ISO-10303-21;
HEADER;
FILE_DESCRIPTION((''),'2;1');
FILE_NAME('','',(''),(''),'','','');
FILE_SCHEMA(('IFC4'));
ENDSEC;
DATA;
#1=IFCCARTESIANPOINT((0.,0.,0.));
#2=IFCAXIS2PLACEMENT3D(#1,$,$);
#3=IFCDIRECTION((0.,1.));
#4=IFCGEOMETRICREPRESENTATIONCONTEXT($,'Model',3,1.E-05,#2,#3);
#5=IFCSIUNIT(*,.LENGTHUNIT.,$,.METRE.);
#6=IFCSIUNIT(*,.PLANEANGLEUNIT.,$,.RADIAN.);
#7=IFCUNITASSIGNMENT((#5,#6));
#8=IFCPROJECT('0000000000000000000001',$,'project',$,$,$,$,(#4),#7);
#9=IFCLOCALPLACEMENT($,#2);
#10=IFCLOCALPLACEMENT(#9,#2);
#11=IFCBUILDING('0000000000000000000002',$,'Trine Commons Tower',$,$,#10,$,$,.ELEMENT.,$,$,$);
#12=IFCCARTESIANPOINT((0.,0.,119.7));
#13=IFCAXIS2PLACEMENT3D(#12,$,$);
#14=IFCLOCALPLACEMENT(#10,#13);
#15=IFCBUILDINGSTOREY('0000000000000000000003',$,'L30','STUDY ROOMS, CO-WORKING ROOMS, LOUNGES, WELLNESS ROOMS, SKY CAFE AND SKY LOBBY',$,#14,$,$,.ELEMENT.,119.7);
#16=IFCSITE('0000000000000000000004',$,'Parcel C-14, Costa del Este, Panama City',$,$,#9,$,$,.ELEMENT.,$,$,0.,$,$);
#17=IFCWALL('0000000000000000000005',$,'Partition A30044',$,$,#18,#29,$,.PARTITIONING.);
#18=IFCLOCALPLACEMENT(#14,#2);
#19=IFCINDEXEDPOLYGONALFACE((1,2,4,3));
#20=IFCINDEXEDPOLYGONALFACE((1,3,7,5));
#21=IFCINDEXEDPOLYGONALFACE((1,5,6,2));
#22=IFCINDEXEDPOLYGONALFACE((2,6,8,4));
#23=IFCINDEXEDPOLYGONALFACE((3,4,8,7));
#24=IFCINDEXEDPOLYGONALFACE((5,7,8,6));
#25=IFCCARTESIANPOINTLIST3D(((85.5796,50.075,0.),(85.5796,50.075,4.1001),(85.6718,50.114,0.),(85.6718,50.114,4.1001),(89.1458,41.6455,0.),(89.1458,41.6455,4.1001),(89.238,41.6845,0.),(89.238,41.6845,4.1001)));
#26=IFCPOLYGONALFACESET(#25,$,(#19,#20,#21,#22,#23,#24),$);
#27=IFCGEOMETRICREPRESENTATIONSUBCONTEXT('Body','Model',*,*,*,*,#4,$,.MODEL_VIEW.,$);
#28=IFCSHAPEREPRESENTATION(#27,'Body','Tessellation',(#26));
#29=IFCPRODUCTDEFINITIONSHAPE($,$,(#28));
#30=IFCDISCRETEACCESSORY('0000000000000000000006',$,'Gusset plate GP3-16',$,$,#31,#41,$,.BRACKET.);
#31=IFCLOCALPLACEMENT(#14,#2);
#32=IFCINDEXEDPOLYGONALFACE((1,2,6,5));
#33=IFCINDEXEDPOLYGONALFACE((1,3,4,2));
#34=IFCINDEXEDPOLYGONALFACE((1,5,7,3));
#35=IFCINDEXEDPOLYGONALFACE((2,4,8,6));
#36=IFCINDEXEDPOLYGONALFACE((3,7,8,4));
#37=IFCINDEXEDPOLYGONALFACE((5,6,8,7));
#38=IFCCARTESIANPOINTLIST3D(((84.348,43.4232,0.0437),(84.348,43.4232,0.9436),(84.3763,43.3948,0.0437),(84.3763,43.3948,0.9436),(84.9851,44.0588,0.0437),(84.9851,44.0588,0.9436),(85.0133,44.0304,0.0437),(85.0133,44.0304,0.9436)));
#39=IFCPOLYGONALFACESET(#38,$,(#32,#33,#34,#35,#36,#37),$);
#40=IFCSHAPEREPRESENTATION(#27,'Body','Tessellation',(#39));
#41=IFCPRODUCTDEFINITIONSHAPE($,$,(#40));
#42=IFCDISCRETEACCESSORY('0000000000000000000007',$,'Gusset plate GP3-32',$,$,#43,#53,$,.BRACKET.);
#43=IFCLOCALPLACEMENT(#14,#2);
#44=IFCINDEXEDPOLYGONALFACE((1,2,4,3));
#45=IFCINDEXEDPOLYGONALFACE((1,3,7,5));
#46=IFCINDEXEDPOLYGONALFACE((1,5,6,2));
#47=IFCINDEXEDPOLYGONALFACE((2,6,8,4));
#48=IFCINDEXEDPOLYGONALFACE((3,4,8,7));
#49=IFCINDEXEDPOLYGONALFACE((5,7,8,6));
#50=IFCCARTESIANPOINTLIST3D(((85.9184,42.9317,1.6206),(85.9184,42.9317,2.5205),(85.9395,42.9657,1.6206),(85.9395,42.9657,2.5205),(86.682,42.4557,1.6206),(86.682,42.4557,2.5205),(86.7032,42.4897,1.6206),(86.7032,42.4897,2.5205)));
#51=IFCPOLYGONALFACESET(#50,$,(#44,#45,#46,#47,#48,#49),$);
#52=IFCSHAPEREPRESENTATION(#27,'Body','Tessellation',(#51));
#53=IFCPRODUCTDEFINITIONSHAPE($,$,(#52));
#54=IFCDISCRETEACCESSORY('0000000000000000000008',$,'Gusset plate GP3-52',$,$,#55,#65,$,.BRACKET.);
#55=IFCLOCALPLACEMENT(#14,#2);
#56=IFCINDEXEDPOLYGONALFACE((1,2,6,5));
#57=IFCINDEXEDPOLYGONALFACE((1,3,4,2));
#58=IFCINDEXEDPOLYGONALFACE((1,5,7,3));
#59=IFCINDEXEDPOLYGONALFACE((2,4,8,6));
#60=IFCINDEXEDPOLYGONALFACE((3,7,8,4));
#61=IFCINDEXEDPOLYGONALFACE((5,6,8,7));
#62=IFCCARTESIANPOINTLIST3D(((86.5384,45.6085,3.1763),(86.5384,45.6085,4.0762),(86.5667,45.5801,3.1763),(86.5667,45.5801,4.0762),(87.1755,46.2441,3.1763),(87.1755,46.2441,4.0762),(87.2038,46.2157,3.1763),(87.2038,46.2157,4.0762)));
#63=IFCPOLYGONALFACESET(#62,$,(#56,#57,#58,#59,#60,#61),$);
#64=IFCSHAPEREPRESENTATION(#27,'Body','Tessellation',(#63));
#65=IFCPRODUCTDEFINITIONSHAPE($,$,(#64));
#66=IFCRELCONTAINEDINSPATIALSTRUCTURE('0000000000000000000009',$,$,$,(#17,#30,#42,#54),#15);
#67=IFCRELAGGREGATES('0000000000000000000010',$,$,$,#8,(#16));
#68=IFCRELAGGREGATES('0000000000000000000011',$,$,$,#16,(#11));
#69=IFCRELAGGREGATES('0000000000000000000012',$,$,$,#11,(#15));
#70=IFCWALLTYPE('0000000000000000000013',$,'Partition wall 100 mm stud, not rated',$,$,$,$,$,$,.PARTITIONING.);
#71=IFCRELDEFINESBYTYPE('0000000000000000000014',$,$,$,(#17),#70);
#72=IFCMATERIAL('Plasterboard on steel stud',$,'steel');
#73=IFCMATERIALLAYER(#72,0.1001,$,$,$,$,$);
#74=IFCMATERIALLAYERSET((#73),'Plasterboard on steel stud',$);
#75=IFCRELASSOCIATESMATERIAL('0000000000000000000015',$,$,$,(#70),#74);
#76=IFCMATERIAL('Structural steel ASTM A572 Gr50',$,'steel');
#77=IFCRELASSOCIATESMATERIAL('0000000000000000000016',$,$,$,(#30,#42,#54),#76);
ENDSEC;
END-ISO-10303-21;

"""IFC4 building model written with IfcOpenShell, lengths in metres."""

from ifc_helpers import new_model, si_unit, direction, frame, frame_2d, origin, origin_2d, place, context, subcontext, project, spatial, rectangle, extrude, material, layer, layer_set, type_object, element, save


model = new_model("IFC4")

# Units and contexts
model_context = context("Model", 3, precision=1e-05, world=origin(), true_north=direction((0.0, 1.0)))
body_context = subcontext(model_context, "Body", "Model", "MODEL_VIEW")
ifc_project = project(units=[si_unit("LENGTHUNIT", "METRE"), si_unit("PLANEANGLEUNIT", "RADIAN")], contexts=[model_context])

# Site, building, storey
site_placement = place(None, origin())
site = spatial("IfcSite", under=ifc_project, at=site_placement, Name="Parcel C-14, Costa del Este, Panama City", CompositionType="ELEMENT", RefElevation=0.0)
building_placement = place(site_placement, origin())
building = spatial("IfcBuilding", under=site, at=building_placement, Name="Trine Commons Tower", CompositionType="ELEMENT")
storey_placement = place(building_placement, frame((0.0, 0.0, 119.7)))
storey = spatial("IfcBuildingStorey", under=building, at=storey_placement, Name="L30", Description="STUDY ROOMS, CO-WORKING ROOMS, LOUNGES, WELLNESS ROOMS, SKY CAFE AND SKY LOBBY", CompositionType="ELEMENT", Elevation=119.7)

# Shared definitions
ifc_material_1 = material(Name="Plasterboard on steel stud", Category="steel")

# Wall
ifc_layer_1 = layer(ifc_material_1, 0.1001)
ifc_layer_set_1 = layer_set([ifc_layer_1], Name="Plasterboard on steel stud")
wall_type_1 = type_object("IfcWallType", Name="Partition wall 100 mm stud, not rated", PredefinedType="PARTITIONING", material=ifc_layer_set_1)
wall_1_placement = place(storey_placement, frame((85.6257, 50.0945, 0.0), z_axis=(0.0, 0.0, 1.0), x_axis=(0.389627, -0.920973, 0.0)))
element("IfcWall", 1, at=wall_1_placement, inside=storey, type_object=wall_type_1, Name="Partition A30044", PredefinedType="PARTITIONING", context=body_context, shape_type="SweptSolid", body=[
    extrude(rectangle(XDim=9.1528, YDim=0.1001, at=frame_2d((4.5764, 0.0))), origin(), (0.0, 0.0, 1.0), 4.1001),
])

# Discrete accessories
ifc_material_2 = material(Name="Structural steel ASTM A572 Gr50", Category="steel")
for number, where, z_axis, x_axis, name in (
    (2, (84.6807, 43.7268, 0.0437), (0.0, 0.0, 1.0), (0.707933, 0.706279, 0.0), "Gusset plate GP3-16"),
    (3, (86.3108, 42.7107, 1.6206), (0.0, 0.0, 1.0), (0.84863, -0.528986, 0.0), "Gusset plate GP3-32"),
    (4, (86.8711, 45.9121, 3.1763), (0.0, 0.0, 1.0), (0.707933, 0.706279, 0.0), "Gusset plate GP3-52"),
):
    element("IfcDiscreteAccessory", number, at=place(storey_placement, frame(where, z_axis=z_axis, x_axis=x_axis)), inside=storey, material=ifc_material_2, Name=name, PredefinedType="BRACKET", context=body_context, shape_type="SweptSolid", body=[
        extrude(rectangle(XDim=0.8999, YDim=0.04, at=origin_2d()), origin(), (0.0, 0.0, 1.0), 0.8999),
    ])

save(model, "model.ifc")
